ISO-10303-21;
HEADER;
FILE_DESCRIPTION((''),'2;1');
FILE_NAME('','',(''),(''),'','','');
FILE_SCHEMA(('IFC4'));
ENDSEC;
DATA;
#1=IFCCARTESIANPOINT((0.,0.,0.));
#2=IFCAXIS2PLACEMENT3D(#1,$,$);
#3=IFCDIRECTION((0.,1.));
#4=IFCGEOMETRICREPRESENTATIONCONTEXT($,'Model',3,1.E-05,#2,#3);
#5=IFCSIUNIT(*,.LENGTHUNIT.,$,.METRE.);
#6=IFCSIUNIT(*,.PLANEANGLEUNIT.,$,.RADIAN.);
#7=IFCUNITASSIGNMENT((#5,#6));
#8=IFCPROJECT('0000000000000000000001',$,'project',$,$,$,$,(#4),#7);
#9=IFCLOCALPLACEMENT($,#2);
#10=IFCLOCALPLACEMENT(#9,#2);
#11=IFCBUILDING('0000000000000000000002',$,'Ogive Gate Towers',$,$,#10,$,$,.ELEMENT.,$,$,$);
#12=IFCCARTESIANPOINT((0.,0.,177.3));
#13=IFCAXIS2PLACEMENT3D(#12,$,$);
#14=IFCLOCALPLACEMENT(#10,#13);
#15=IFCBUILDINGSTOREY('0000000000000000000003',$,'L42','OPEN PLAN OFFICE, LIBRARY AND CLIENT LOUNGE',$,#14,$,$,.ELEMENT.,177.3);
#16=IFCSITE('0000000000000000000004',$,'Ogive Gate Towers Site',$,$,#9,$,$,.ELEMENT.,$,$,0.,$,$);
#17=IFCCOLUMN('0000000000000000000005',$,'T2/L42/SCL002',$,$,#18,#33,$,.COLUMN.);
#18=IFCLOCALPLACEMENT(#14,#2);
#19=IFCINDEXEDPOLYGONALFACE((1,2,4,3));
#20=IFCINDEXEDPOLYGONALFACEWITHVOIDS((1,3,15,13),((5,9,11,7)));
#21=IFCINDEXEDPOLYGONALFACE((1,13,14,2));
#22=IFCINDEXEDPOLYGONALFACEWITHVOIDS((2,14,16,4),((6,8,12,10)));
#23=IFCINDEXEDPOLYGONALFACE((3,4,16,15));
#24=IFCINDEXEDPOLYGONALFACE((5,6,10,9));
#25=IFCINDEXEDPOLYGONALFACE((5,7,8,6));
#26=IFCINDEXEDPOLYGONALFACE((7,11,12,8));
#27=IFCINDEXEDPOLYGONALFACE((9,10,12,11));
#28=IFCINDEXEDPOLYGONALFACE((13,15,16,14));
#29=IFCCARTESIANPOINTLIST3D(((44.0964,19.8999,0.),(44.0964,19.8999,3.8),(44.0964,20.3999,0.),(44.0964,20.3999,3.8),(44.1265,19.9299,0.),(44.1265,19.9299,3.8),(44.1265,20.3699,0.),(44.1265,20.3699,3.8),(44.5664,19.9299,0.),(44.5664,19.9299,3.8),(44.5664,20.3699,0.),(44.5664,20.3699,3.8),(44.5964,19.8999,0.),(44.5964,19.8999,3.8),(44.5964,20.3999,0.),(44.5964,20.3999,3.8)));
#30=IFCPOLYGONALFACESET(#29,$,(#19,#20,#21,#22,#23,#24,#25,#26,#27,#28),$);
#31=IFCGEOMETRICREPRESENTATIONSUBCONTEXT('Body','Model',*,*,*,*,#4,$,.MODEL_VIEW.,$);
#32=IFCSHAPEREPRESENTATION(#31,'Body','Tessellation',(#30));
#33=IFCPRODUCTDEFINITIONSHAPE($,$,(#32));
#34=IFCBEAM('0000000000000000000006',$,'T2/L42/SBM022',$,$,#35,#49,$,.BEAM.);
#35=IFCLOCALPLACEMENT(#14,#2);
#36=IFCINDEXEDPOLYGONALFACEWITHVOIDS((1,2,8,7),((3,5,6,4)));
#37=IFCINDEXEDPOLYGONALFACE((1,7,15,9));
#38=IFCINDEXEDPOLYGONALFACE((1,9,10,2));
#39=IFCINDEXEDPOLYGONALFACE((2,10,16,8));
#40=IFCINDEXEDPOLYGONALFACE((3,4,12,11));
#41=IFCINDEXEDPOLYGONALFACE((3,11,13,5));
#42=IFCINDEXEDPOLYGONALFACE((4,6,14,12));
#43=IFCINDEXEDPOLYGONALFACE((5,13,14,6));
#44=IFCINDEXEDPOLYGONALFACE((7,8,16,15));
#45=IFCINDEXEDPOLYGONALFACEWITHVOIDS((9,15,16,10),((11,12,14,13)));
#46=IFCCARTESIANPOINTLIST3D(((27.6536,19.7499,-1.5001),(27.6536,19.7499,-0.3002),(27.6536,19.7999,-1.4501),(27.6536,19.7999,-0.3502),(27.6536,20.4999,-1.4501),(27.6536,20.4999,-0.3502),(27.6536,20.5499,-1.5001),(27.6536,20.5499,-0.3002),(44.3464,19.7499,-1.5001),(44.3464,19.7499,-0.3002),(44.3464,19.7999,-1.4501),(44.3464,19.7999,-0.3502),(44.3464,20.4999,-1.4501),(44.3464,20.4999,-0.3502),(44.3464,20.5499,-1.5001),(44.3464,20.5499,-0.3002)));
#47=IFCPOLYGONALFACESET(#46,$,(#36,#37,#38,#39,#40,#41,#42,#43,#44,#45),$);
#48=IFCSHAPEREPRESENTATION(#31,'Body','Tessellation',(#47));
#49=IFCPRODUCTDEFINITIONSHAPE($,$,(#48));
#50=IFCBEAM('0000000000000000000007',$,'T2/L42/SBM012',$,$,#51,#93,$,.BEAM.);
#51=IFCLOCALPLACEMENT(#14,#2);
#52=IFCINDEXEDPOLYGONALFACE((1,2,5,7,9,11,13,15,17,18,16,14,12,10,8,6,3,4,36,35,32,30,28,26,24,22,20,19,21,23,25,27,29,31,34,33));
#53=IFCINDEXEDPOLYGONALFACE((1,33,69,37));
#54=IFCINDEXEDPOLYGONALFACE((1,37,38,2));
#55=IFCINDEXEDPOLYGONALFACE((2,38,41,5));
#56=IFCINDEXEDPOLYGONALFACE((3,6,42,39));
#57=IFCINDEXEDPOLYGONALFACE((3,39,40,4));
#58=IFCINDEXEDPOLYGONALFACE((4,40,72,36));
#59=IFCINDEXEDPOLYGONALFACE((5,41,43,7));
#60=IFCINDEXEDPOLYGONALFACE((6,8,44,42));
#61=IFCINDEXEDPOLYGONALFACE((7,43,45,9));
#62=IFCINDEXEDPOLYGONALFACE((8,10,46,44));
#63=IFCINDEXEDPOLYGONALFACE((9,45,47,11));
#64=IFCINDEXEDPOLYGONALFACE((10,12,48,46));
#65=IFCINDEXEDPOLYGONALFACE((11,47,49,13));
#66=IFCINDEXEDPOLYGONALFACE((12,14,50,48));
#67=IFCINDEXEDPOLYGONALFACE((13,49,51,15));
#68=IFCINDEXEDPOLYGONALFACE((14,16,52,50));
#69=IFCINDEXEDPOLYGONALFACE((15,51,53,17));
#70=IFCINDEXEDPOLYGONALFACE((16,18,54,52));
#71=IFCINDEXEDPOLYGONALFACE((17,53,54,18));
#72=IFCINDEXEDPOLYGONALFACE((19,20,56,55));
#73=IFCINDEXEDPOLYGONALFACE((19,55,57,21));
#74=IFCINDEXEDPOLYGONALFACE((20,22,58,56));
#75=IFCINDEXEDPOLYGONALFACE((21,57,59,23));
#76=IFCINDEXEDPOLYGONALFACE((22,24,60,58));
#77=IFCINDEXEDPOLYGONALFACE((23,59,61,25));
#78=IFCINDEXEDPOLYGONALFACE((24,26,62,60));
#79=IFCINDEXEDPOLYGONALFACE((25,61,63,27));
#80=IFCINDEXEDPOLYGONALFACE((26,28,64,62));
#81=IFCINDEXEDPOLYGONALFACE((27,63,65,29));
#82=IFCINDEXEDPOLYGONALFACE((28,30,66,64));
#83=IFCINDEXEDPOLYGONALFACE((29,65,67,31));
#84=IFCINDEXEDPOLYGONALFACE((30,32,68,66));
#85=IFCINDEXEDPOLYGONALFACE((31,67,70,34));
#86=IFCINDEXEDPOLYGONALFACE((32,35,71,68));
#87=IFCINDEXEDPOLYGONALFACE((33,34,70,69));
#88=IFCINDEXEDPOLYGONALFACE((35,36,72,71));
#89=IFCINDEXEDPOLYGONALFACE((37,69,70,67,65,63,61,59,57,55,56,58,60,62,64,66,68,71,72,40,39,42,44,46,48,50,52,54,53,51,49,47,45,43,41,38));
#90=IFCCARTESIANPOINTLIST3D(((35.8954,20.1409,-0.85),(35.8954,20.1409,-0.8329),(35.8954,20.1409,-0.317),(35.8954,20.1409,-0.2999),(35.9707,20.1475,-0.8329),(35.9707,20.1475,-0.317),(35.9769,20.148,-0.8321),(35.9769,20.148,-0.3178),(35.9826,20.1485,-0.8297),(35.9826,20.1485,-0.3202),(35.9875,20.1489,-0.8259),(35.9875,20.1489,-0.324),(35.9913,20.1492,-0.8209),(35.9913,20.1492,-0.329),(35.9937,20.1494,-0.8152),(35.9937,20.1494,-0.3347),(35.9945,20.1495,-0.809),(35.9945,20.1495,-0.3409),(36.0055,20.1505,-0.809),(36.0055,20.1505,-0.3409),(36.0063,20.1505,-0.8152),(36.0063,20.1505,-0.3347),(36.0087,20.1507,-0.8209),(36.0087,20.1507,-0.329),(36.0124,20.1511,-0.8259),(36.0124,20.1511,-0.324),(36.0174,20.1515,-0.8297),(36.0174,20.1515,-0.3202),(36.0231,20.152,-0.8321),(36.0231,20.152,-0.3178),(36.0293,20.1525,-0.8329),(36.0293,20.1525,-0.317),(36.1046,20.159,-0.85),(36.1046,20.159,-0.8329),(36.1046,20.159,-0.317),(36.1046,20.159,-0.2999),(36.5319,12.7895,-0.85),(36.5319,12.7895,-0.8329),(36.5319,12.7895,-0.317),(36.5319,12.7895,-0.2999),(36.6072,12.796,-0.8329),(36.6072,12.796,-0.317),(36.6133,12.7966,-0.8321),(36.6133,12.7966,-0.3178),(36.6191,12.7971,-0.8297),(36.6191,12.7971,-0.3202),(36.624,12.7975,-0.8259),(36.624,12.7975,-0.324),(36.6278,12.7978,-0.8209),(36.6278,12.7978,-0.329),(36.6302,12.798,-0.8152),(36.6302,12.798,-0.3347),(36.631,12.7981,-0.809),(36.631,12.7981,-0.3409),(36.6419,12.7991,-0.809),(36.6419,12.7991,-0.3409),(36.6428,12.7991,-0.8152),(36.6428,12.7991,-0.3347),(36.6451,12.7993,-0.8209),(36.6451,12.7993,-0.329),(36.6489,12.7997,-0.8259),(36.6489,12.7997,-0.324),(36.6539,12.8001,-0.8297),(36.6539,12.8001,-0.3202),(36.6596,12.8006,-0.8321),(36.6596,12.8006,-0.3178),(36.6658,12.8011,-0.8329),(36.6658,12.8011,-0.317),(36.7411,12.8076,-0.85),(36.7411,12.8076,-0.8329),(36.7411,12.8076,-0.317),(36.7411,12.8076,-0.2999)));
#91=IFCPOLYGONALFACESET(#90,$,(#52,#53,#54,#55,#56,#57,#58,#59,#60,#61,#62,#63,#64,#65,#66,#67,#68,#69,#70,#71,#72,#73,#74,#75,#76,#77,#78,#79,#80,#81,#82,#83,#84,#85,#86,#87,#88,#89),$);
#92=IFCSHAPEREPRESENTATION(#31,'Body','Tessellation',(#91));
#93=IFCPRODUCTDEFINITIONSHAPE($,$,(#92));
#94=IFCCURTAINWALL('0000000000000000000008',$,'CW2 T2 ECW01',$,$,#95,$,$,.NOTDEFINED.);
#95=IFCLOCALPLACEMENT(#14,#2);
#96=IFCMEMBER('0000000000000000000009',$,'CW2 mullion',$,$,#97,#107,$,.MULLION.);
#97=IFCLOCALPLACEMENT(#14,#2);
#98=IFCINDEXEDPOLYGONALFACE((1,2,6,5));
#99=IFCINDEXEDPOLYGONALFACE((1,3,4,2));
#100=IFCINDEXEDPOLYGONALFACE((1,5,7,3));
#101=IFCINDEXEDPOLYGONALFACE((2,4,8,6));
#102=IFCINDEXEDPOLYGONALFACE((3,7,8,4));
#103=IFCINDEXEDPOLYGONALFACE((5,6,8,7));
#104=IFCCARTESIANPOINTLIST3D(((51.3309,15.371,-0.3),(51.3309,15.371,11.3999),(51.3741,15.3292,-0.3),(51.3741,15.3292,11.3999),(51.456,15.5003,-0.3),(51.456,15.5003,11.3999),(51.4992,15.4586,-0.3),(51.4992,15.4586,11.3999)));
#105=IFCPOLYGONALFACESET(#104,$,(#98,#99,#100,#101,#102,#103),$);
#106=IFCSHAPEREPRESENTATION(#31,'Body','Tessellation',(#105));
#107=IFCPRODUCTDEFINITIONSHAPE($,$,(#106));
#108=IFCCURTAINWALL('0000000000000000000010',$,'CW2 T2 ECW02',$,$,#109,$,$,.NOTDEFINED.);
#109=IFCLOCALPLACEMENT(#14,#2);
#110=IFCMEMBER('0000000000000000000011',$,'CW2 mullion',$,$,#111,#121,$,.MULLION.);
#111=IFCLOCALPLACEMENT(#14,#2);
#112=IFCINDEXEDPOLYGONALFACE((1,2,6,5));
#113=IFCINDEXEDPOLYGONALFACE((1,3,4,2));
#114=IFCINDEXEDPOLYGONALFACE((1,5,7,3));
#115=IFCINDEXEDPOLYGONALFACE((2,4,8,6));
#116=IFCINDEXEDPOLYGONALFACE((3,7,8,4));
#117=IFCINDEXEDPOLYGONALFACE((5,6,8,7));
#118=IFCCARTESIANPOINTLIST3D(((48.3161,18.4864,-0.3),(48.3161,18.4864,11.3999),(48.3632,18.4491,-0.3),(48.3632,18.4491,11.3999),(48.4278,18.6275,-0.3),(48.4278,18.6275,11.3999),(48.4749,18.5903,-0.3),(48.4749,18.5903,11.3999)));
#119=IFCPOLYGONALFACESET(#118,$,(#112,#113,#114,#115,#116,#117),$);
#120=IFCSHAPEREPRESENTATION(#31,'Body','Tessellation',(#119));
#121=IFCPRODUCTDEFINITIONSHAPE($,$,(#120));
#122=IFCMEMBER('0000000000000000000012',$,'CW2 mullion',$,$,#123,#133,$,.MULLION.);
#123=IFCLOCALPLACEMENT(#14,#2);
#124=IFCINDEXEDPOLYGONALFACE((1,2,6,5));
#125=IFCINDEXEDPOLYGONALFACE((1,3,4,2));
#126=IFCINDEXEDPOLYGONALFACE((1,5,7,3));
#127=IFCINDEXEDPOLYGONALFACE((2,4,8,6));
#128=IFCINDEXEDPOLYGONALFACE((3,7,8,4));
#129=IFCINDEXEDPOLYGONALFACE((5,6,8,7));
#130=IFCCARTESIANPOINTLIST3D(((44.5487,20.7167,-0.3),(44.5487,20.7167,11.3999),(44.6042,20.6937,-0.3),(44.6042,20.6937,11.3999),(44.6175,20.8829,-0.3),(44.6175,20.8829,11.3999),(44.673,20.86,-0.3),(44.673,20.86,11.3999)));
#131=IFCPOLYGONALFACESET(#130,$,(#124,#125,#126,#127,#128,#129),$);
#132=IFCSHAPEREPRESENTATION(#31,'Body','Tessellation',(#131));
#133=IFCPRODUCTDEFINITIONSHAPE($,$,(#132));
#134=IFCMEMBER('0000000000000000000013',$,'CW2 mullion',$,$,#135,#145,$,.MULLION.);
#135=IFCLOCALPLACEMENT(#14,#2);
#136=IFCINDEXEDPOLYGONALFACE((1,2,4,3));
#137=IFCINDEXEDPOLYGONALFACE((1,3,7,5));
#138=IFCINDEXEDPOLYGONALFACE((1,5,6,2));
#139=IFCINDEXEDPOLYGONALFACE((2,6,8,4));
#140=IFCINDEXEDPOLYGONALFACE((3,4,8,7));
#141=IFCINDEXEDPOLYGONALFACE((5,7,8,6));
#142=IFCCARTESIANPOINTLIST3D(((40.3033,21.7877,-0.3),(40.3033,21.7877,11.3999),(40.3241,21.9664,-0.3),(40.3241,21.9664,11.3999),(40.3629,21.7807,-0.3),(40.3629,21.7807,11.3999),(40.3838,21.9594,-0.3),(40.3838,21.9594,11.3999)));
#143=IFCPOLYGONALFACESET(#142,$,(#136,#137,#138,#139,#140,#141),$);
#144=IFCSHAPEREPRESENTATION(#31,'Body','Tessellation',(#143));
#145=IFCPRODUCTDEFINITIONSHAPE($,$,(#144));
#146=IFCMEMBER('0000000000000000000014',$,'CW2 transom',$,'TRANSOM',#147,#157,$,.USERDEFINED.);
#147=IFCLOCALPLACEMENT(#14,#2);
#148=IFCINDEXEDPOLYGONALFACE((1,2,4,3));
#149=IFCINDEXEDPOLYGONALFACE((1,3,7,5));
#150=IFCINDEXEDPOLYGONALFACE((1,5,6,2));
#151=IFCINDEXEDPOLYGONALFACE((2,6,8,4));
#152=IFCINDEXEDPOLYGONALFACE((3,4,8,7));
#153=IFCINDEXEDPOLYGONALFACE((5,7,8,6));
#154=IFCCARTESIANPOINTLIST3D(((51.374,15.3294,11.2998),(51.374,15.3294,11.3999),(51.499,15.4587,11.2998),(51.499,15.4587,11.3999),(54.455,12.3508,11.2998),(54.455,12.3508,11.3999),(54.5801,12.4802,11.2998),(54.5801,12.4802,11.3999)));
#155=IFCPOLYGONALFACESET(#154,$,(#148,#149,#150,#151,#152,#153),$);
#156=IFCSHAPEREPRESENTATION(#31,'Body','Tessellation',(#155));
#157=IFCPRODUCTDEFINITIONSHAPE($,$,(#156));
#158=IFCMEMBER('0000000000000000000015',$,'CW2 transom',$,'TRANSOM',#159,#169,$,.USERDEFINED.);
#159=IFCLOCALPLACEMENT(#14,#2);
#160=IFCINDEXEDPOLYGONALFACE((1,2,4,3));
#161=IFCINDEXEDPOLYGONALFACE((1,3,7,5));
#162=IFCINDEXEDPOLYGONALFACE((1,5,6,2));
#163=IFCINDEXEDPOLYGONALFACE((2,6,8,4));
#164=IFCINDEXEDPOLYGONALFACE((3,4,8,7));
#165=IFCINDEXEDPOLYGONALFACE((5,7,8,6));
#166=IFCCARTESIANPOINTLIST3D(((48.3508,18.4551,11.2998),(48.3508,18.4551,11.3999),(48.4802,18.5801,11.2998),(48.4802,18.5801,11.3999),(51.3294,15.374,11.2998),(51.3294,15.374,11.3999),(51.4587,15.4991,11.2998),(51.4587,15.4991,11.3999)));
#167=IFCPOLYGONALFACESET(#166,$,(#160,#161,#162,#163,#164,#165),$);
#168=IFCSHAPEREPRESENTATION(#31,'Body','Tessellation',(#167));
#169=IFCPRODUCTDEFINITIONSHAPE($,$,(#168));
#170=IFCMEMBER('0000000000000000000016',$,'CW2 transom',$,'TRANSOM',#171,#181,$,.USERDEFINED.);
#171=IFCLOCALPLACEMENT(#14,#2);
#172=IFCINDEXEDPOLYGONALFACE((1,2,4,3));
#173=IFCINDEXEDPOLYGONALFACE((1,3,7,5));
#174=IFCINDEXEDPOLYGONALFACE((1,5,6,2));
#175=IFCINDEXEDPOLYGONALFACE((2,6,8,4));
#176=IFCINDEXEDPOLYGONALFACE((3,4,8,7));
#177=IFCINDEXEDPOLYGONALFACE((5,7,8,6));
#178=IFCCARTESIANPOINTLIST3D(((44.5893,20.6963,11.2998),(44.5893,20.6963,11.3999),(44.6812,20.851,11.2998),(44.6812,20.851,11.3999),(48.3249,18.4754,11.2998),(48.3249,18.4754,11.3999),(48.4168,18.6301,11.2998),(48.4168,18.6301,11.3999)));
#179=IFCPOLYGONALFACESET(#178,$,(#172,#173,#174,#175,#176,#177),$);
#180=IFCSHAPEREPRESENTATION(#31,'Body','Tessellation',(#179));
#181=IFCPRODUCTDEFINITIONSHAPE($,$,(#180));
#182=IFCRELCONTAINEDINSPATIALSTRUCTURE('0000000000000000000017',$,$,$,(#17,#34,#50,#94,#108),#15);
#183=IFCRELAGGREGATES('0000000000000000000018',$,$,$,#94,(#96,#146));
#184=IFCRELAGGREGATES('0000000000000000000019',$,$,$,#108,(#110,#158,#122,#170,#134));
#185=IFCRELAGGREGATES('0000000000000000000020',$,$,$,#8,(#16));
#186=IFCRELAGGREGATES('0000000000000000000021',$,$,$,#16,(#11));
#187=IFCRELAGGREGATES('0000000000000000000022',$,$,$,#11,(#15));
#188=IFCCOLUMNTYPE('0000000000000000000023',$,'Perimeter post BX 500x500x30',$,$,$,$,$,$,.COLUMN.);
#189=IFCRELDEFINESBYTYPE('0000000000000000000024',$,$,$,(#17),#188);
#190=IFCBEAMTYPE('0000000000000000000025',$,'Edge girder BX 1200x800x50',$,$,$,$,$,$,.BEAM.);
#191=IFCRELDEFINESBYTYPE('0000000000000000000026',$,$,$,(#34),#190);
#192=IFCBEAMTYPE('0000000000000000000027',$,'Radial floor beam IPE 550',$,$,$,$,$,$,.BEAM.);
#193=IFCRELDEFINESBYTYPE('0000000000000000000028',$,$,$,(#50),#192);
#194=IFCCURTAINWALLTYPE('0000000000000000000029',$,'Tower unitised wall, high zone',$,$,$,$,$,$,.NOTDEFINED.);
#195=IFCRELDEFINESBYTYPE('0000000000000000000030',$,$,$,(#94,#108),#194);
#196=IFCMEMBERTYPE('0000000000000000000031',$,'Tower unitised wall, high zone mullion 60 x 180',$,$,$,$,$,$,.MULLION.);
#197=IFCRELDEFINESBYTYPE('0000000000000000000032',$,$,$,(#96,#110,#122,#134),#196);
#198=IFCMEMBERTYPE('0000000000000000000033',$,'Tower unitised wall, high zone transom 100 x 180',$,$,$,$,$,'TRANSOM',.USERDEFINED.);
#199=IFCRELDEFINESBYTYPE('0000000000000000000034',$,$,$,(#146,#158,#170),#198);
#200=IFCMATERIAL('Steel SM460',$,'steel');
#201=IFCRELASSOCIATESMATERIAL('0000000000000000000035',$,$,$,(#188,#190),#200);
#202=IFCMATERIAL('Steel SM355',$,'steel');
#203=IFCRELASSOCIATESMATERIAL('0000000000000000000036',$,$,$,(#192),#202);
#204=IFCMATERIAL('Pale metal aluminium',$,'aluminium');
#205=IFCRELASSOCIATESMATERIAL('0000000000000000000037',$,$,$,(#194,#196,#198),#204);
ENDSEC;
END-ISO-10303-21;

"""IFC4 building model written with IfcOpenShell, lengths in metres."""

from ifc_helpers import new_model, si_unit, direction, frame, origin, origin_2d, place, context, subcontext, project, spatial, rectangle, hollow_rectangle, i_section, extrude, material, material_profile, profile_set, type_object, element, aggregate, save


model = new_model("IFC4")

# Units and contexts
model_context = context("Model", 3, precision=1e-05, world=origin(), true_north=direction((0.0, 1.0)))
body_context = subcontext(model_context, "Body", "Model", "MODEL_VIEW")
ifc_project = project(units=[si_unit("LENGTHUNIT", "METRE"), si_unit("PLANEANGLEUNIT", "RADIAN")], contexts=[model_context])

# Site, building, storey
site_placement = place(None, origin())
site = spatial("IfcSite", under=ifc_project, at=site_placement, Name="Ogive Gate Towers Site", CompositionType="ELEMENT", RefElevation=0.0)
building_placement = place(site_placement, origin())
building = spatial("IfcBuilding", under=site, at=building_placement, Name="Ogive Gate Towers", CompositionType="ELEMENT")
storey_placement = place(building_placement, frame((0.0, 0.0, 177.3)))
storey = spatial("IfcBuildingStorey", under=building, at=storey_placement, Name="L42", Description="OPEN PLAN OFFICE, LIBRARY AND CLIENT LOUNGE", CompositionType="ELEMENT", Elevation=177.3)

# Column
ifc_material_1 = material(Name="Steel SM460", Category="steel")
ifc_material_profile_1 = material_profile(ifc_material_1, hollow_rectangle(XDim=0.5, YDim=0.5, WallThickness=0.03, at=origin_2d()), Name="BX 500x500x30")
ifc_profile_set_1 = profile_set([ifc_material_profile_1], Name="Steel SM460")
column_type = type_object("IfcColumnType", Name="Perimeter post BX 500x500x30", PredefinedType="COLUMN", material=ifc_profile_set_1)
column_placement = place(storey_placement, frame((44.3464, 20.1499, 0.0), z_axis=(0.0, 0.0, 1.0), x_axis=(1.0, 0.0, 0.0)))
element("IfcColumn", 1, at=column_placement, inside=storey, type_object=column_type, Name="T2/L42/SCL002", PredefinedType="COLUMN", context=body_context, shape_type="SweptSolid", body=[
    extrude(hollow_rectangle(XDim=0.5, YDim=0.5, WallThickness=0.03, at=origin_2d()), origin(), (0.0, 0.0, 1.0), 3.8),
])

# Beams
ifc_material_profile_2 = material_profile(ifc_material_1, hollow_rectangle(XDim=0.8, YDim=1.2, WallThickness=0.05, at=origin_2d()), Name="BX 1200x800x50")
ifc_profile_set_2 = profile_set([ifc_material_profile_2], Name="Steel SM460")
beam_type_1 = type_object("IfcBeamType", Name="Edge girder BX 1200x800x50", PredefinedType="BEAM", material=ifc_profile_set_2)
beam_1_placement = place(storey_placement, frame((44.3464, 20.1499, -0.9001), z_axis=(-1.0, 0.0, 0.0), x_axis=(0.0, -1.0, 0.0)))
element("IfcBeam", 2, at=beam_1_placement, inside=storey, type_object=beam_type_1, Name="T2/L42/SBM022", PredefinedType="BEAM", context=body_context, shape_type="SweptSolid", body=[
    extrude(hollow_rectangle(XDim=0.8, YDim=1.2, WallThickness=0.05, at=origin_2d()), origin(), (0.0, 0.0, 1.0), 16.6929),
])
ifc_material_2 = material(Name="Steel SM355", Category="steel")
ifc_material_profile_3 = material_profile(ifc_material_2, i_section(OverallWidth=0.21, OverallDepth=0.55, WebThickness=0.011, FlangeThickness=0.0171, FilletRadius=0.0239, at=origin_2d()), Name="IPE 550")
ifc_profile_set_3 = profile_set([ifc_material_profile_3], Name="Steel SM355")
beam_type_2 = type_object("IfcBeamType", Name="Radial floor beam IPE 550", PredefinedType="BEAM", material=ifc_profile_set_3)
beam_2_placement = place(storey_placement, frame((36.6365, 12.7986, -0.575), z_axis=(-0.086257, 0.996273, 0.0), x_axis=(-0.996273, -0.086257, 0.0)))
element("IfcBeam", 3, at=beam_2_placement, inside=storey, type_object=beam_type_2, Name="T2/L42/SBM012", PredefinedType="BEAM", context=body_context, shape_type="SweptSolid", body=[
    extrude(i_section(OverallWidth=0.21, OverallDepth=0.55, WebThickness=0.011, FlangeThickness=0.0171, FilletRadius=0.0239, at=origin_2d()), origin(), (0.0, 0.0, 1.0), 7.3789),
])

# Curtain wall, member
ifc_material_3 = material(Name="Pale metal aluminium", Category="aluminium")
curtain_wall_type = type_object("IfcCurtainWallType", Name="Tower unitised wall, high zone", PredefinedType="NOTDEFINED", material=ifc_material_3)
curtain_wall_1_placement = place(storey_placement, origin())
curtain_wall_1 = element("IfcCurtainWall", 4, at=curtain_wall_1_placement, inside=storey, type_object=curtain_wall_type, Name="CW2 T2 ECW01", PredefinedType="NOTDEFINED")
ifc_material_profile_4 = material_profile(ifc_material_3, rectangle(XDim=0.1799, YDim=0.0601, at=origin_2d()), Name="60 x 180 aluminium box")
ifc_profile_set_4 = profile_set([ifc_material_profile_4], Name="Pale metal aluminium")
member_type_1 = type_object("IfcMemberType", Name="Tower unitised wall, high zone mullion 60 x 180", PredefinedType="MULLION", material=ifc_profile_set_4)
member_1_placement = place(storey_placement, frame((51.415, 15.4148, -0.3), z_axis=(0.0, 0.0, 1.0), x_axis=(0.695047, 0.718964, 0.0)))
member_1 = element("IfcMember", 5, at=member_1_placement, type_object=member_type_1, Name="CW2 mullion", PredefinedType="MULLION", context=body_context, shape_type="SweptSolid", body=[
    extrude(rectangle(XDim=0.1799, YDim=0.0601, at=origin_2d()), origin(), (0.0, 0.0, 1.0), 11.7),
])

# Curtain wall, members
curtain_wall_2_placement = place(storey_placement, origin())
curtain_wall_2 = element("IfcCurtainWall", 6, at=curtain_wall_2_placement, inside=storey, type_object=curtain_wall_type, Name="CW2 T2 ECW02", PredefinedType="NOTDEFINED")
member_2_placement = place(storey_placement, frame((48.3955, 18.5383, -0.3), z_axis=(0.0, 0.0, 1.0), x_axis=(0.620464, 0.784235, 0.0)))
member_2 = element("IfcMember", 7, at=member_2_placement, type_object=member_type_1, Name="CW2 mullion", PredefinedType="MULLION", context=body_context, shape_type="SweptSolid", body=[
    extrude(rectangle(XDim=0.1799, YDim=0.0601, at=origin_2d()), origin(), (0.0, 0.0, 1.0), 11.7),
])
member_3_placement = place(storey_placement, frame((44.6108, 20.7883, -0.3), z_axis=(0.0, 0.0, 1.0), x_axis=(0.382683, 0.92388, 0.0)))
member_3 = element("IfcMember", 8, at=member_3_placement, type_object=member_type_1, Name="CW2 mullion", PredefinedType="MULLION", context=body_context, shape_type="SweptSolid", body=[
    extrude(rectangle(XDim=0.1799, YDim=0.0601, at=origin_2d()), origin(), (0.0, 0.0, 1.0), 11.7),
])
member_4_placement = place(storey_placement, frame((40.3435, 21.8735, -0.3), z_axis=(0.0, 0.0, 1.0), x_axis=(0.115804, 0.993272, 0.0)))
member_4 = element("IfcMember", 9, at=member_4_placement, type_object=member_type_1, Name="CW2 mullion", PredefinedType="MULLION", context=body_context, shape_type="SweptSolid", body=[
    extrude(rectangle(XDim=0.1799, YDim=0.0601, at=origin_2d()), origin(), (0.0, 0.0, 1.0), 11.7),
])

# Members
ifc_material_profile_5 = material_profile(ifc_material_3, rectangle(XDim=0.1799, YDim=0.1001, at=origin_2d()), Name="100 x 180 aluminium box")
ifc_profile_set_5 = profile_set([ifc_material_profile_5], Name="Pale metal aluminium")
member_type_2 = type_object("IfcMemberType", Name="Tower unitised wall, high zone transom 100 x 180", ElementType="TRANSOM", PredefinedType="USERDEFINED", material=ifc_profile_set_5)
member_5_placement = place(storey_placement, frame((54.5176, 12.4155, 11.3499), z_axis=(-0.718969, 0.695042, 0.0), x_axis=(-0.695042, -0.718969, 0.0)))
member_5 = element("IfcMember", 10, at=member_5_placement, type_object=member_type_2, Name="CW2 transom", ObjectType="TRANSOM", PredefinedType="USERDEFINED", context=body_context, shape_type="SweptSolid", body=[
    extrude(rectangle(XDim=0.1799, YDim=0.1001, at=origin_2d()), origin(), (0.0, 0.0, 1.0), 4.2854),
])
member_6_placement = place(storey_placement, frame((51.394, 15.4365, 11.3499), z_axis=(-0.695042, 0.718969, 0.0), x_axis=(-0.718969, -0.695042, 0.0)))
member_6 = element("IfcMember", 11, at=member_6_placement, type_object=member_type_2, Name="CW2 transom", ObjectType="TRANSOM", PredefinedType="USERDEFINED", context=body_context, shape_type="SweptSolid", body=[
    extrude(rectangle(XDim=0.1799, YDim=0.1001, at=origin_2d()), origin(), (0.0, 0.0, 1.0), 4.2854),
])
member_7_placement = place(storey_placement, frame((48.3708, 18.5527, 11.3499), z_axis=(-0.859558, 0.511038, 0.0), x_axis=(-0.511038, -0.859558, 0.0)))
member_7 = element("IfcMember", 12, at=member_7_placement, type_object=member_type_2, Name="CW2 transom", ObjectType="TRANSOM", PredefinedType="USERDEFINED", context=body_context, shape_type="SweptSolid", body=[
    extrude(rectangle(XDim=0.1799, YDim=0.1001, at=origin_2d()), origin(), (0.0, 0.0, 1.0), 4.3459),
])

aggregate(curtain_wall_1, [member_1, member_5])
aggregate(curtain_wall_2, [member_2, member_6, member_3, member_7, member_4])

save(model, "model.ifc")
